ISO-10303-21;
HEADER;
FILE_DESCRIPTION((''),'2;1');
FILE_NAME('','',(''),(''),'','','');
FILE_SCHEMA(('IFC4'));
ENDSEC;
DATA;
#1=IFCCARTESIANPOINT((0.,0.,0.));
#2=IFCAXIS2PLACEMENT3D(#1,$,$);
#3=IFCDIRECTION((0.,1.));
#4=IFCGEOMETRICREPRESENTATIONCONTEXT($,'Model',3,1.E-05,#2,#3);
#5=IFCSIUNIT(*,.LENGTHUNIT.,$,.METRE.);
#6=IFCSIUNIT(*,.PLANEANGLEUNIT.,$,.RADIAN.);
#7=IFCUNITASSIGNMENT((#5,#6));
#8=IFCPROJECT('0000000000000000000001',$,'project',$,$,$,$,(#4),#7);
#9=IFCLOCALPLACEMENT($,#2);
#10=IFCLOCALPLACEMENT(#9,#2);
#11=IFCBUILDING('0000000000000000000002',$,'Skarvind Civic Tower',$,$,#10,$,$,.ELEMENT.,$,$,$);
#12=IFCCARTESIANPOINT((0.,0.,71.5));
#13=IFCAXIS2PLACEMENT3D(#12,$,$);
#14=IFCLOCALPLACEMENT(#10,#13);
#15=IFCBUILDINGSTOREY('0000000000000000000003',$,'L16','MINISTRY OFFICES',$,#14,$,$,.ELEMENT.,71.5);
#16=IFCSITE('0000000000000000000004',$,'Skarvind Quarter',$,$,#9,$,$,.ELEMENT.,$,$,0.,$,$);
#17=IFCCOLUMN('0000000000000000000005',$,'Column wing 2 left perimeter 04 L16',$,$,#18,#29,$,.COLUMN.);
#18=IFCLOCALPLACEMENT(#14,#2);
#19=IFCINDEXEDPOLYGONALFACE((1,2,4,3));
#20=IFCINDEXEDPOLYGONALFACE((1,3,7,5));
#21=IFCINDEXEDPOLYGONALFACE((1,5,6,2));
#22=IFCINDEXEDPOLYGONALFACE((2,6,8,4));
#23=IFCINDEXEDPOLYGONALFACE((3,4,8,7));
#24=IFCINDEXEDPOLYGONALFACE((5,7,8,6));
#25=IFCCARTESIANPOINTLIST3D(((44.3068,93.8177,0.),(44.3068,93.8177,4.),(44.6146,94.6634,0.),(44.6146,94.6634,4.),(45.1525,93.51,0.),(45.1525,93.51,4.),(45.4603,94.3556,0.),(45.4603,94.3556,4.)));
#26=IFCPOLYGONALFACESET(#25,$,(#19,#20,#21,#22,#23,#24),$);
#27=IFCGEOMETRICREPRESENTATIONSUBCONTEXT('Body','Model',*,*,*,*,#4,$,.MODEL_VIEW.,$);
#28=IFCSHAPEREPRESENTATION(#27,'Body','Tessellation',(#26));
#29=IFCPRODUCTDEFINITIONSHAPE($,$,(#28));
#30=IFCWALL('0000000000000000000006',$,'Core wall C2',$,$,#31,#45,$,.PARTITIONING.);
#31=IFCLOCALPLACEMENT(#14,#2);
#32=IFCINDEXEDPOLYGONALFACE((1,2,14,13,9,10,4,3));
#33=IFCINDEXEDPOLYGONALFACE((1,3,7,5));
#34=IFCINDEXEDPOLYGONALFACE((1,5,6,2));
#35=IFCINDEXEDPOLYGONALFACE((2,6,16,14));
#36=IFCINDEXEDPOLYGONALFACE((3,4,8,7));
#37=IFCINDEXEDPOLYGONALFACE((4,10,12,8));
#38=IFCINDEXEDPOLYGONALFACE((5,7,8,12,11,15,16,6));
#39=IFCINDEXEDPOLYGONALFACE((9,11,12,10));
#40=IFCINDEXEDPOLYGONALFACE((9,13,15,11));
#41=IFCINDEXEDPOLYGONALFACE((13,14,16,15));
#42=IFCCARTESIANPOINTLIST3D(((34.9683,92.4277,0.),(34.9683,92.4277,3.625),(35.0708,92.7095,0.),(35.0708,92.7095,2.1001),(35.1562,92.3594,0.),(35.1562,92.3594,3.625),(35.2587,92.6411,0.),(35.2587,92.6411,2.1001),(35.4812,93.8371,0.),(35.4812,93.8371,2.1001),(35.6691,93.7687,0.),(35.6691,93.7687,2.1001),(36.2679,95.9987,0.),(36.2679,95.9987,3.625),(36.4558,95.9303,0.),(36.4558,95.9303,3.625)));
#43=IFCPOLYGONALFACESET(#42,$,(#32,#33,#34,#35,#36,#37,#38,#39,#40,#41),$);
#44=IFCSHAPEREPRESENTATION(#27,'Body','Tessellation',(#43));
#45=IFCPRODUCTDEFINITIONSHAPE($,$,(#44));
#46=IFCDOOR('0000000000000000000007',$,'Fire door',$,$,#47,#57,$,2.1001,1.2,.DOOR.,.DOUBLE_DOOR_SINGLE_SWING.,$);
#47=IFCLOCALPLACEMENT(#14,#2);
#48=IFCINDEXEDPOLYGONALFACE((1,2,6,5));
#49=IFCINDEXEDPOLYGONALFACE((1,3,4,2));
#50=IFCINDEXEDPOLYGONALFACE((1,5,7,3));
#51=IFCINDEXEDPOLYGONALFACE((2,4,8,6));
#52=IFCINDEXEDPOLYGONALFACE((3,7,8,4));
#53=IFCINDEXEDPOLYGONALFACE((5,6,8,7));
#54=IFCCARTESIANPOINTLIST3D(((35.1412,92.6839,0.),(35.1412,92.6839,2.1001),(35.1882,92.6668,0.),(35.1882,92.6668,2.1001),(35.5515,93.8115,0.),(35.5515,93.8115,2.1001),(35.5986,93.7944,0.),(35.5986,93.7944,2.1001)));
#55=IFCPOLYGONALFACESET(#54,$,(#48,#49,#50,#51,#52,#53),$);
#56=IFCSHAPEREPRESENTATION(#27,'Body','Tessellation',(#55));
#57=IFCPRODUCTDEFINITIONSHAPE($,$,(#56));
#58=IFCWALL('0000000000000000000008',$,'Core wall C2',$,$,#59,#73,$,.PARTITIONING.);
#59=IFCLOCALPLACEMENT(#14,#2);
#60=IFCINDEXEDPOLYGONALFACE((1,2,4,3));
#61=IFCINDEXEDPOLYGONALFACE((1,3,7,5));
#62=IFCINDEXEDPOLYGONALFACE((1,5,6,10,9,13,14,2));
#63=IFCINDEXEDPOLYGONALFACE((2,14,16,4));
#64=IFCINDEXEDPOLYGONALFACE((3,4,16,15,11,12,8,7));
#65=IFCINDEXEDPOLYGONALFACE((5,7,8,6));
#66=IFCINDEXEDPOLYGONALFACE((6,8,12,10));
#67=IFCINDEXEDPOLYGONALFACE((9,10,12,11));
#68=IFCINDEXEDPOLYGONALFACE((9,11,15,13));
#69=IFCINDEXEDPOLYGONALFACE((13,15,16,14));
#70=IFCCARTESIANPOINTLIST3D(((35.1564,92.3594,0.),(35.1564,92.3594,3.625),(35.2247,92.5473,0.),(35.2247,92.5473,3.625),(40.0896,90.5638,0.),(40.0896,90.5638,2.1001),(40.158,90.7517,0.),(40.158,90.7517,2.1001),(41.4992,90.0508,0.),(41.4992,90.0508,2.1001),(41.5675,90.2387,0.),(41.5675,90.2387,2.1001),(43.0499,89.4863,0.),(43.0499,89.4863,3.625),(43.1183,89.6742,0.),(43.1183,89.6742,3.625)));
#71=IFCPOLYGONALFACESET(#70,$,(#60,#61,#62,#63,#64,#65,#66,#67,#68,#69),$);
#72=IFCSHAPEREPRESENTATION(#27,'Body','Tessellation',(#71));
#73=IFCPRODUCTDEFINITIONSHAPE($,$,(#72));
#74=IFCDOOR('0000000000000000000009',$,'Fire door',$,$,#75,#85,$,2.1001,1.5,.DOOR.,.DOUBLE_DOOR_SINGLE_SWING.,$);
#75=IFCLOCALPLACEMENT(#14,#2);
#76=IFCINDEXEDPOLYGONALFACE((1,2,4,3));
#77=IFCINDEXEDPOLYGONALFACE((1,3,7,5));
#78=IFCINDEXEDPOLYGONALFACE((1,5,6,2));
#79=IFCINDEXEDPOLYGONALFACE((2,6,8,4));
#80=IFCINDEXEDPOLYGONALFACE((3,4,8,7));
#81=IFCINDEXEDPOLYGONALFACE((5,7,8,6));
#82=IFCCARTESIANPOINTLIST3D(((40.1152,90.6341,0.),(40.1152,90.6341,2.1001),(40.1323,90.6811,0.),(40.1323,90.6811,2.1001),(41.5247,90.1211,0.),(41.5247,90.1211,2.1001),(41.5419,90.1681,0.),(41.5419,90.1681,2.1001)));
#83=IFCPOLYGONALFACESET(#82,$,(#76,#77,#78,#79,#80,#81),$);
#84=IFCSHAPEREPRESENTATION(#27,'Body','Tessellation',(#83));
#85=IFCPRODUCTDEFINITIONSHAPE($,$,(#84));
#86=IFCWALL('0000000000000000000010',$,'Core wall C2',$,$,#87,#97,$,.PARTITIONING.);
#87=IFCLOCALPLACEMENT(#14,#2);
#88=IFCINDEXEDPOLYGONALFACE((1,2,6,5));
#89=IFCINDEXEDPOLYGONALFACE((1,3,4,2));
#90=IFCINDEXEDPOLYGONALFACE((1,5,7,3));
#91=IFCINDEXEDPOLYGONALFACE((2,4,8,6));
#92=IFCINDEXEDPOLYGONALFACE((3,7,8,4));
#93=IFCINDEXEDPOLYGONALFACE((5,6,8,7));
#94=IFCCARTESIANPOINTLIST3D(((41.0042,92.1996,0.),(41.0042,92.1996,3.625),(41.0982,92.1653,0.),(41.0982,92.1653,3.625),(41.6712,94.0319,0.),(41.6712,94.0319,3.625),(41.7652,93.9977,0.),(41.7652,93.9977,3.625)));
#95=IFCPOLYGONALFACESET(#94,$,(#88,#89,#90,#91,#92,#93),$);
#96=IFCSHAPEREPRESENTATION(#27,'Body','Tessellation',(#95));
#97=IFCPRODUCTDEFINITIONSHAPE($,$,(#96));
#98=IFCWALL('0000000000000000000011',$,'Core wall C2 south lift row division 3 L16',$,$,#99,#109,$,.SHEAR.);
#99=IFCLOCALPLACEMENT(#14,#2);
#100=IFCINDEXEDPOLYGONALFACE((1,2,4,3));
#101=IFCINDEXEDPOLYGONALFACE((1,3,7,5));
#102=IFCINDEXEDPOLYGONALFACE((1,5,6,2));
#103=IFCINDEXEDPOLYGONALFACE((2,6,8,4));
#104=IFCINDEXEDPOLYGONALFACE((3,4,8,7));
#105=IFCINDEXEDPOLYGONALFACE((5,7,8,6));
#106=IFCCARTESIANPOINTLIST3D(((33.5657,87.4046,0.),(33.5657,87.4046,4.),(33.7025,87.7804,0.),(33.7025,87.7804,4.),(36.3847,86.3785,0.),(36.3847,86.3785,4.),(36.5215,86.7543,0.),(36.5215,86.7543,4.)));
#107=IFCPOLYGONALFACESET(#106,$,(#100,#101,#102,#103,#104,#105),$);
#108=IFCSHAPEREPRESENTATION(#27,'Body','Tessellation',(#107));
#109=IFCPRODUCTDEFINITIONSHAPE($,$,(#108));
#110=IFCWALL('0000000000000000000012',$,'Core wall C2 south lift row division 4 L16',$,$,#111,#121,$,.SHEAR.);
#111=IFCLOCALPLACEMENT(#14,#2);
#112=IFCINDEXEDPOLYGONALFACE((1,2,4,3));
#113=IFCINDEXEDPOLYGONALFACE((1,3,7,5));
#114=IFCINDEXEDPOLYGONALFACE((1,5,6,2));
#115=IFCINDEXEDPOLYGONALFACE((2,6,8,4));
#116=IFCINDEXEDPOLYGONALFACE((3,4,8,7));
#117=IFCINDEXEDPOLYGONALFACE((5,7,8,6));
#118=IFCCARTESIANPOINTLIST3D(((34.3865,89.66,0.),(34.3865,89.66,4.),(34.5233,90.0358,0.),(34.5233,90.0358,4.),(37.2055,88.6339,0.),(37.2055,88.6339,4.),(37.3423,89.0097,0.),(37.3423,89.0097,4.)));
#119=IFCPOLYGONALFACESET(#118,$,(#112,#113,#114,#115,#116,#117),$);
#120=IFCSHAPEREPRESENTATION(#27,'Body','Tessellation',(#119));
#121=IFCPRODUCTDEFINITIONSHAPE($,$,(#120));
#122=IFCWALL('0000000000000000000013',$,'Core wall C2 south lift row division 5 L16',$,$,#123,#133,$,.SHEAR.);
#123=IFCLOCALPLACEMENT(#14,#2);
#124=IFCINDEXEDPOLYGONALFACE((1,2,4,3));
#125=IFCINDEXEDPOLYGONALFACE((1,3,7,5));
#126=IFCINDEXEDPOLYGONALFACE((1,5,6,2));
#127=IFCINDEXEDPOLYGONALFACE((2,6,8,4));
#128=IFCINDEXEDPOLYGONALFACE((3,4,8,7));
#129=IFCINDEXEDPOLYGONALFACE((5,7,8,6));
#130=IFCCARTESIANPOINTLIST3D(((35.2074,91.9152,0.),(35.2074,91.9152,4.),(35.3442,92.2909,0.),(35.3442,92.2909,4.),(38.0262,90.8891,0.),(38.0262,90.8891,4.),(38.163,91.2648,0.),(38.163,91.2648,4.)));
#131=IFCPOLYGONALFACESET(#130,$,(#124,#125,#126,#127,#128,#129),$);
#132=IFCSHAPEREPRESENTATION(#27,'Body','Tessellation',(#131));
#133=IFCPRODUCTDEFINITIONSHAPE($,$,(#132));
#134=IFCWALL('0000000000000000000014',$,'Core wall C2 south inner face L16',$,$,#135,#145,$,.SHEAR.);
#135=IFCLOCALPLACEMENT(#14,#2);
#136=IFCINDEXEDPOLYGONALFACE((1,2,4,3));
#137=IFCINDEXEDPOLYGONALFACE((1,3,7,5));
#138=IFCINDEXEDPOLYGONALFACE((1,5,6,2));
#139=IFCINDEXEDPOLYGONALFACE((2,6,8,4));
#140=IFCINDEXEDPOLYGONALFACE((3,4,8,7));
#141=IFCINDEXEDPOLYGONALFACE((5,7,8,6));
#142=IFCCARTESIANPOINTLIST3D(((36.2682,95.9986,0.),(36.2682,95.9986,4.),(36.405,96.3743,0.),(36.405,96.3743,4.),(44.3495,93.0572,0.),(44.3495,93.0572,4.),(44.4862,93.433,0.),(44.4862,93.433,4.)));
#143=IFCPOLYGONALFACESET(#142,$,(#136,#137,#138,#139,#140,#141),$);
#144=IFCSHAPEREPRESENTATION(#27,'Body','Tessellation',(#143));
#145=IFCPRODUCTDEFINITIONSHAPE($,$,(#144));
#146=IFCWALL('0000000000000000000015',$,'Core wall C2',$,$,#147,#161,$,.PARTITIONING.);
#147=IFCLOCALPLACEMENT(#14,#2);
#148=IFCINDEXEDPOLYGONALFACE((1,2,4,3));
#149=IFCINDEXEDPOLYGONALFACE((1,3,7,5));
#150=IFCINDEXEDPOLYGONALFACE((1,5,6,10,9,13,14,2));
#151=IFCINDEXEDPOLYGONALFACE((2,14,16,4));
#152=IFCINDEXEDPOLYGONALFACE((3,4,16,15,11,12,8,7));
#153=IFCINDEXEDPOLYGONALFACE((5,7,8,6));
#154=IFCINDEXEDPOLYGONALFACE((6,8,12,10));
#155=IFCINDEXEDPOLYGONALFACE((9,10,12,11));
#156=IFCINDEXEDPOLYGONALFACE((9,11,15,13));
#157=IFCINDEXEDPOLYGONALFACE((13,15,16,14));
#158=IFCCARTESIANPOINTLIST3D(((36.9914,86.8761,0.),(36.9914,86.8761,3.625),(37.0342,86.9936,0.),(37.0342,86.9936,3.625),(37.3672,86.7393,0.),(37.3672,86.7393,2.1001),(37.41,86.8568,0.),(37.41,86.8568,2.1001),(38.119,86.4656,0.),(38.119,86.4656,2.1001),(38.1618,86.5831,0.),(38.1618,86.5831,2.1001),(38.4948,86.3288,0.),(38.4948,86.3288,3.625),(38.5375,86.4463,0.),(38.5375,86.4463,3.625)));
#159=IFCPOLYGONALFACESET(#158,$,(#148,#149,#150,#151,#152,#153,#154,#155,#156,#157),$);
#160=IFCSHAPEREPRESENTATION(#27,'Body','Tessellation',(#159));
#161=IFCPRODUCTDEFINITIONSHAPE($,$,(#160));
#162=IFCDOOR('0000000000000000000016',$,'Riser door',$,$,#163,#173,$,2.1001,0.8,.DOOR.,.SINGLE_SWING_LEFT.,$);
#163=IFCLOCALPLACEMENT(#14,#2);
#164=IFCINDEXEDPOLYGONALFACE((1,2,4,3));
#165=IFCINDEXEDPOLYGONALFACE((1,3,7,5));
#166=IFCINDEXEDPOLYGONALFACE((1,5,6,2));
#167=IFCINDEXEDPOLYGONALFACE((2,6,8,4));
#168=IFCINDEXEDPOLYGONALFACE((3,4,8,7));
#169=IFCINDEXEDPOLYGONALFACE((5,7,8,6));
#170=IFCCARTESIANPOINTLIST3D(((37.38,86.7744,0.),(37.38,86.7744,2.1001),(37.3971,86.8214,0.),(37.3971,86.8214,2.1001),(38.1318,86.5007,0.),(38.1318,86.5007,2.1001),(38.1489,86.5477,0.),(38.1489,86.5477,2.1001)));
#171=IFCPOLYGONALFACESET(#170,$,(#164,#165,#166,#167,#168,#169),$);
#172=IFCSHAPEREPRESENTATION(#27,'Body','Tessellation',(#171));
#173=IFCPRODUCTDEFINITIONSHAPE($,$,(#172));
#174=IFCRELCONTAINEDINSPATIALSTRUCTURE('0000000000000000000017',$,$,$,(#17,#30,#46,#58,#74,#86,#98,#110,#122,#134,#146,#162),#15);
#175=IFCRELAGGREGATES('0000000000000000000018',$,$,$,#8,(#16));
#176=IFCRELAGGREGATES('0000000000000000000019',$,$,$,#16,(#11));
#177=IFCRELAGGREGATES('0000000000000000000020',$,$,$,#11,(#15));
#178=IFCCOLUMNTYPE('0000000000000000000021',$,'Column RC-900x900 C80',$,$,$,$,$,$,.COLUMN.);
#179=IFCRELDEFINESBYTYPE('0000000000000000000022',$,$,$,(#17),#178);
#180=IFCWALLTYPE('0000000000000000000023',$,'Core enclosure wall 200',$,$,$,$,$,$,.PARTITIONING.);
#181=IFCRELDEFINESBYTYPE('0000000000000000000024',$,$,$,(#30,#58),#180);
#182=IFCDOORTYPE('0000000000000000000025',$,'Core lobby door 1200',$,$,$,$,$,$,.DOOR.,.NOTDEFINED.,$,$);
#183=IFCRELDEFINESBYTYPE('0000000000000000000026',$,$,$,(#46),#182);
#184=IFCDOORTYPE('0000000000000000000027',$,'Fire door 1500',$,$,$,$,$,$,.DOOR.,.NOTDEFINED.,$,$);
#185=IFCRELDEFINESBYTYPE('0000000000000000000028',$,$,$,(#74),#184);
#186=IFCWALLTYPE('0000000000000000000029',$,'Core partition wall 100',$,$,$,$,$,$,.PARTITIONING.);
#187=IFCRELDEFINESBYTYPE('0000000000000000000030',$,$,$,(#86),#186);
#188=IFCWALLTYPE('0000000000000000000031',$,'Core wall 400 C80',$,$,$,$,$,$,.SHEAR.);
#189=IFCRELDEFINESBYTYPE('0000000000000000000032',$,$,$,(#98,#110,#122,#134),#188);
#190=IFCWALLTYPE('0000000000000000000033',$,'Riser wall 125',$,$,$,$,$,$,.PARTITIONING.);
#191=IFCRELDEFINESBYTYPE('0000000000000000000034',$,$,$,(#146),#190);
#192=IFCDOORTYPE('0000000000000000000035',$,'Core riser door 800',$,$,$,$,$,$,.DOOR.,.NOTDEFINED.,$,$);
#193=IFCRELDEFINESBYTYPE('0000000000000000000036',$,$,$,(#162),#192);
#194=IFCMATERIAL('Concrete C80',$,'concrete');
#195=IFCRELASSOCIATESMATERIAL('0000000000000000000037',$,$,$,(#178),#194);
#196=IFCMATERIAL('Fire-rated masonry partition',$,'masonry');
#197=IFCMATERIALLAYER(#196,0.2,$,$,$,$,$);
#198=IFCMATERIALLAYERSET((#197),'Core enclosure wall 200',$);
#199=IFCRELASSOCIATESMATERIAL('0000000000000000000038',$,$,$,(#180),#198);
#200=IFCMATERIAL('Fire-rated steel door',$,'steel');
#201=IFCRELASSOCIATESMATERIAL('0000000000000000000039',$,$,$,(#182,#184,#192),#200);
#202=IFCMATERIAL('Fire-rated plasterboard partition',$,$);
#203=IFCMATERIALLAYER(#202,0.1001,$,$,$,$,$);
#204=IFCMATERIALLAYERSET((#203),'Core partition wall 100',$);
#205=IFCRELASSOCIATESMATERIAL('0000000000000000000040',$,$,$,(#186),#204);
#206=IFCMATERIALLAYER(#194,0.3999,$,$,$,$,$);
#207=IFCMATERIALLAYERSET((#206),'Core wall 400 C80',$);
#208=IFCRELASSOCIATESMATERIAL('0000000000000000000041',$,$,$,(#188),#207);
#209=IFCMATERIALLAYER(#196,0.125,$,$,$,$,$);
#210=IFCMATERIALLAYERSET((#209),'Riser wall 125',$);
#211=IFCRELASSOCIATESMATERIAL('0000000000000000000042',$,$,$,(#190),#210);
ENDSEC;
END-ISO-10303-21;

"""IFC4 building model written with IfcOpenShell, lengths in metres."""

from ifc_helpers import new_model, si_unit, direction, frame, frame_2d, origin, origin_2d, place, context, subcontext, project, spatial, rectangle, extrude, material, layer, layer_set, material_profile, profile_set, type_object, element, fill, save


model = new_model("IFC4")

# Units and contexts
model_context = context("Model", 3, precision=1e-05, world=origin(), true_north=direction((0.0, 1.0)))
body_context = subcontext(model_context, "Body", "Model", "MODEL_VIEW")
ifc_project = project(units=[si_unit("LENGTHUNIT", "METRE"), si_unit("PLANEANGLEUNIT", "RADIAN")], contexts=[model_context])

# Site, building, storey
site_placement = place(None, origin())
site = spatial("IfcSite", under=ifc_project, at=site_placement, Name="Skarvind Quarter", CompositionType="ELEMENT", RefElevation=0.0)
building_placement = place(site_placement, origin())
building = spatial("IfcBuilding", under=site, at=building_placement, Name="Skarvind Civic Tower", CompositionType="ELEMENT")
storey_placement = place(building_placement, frame((0.0, 0.0, 71.5)))
storey = spatial("IfcBuildingStorey", under=building, at=storey_placement, Name="L16", Description="MINISTRY OFFICES", CompositionType="ELEMENT", Elevation=71.5)

# Column
ifc_material_1 = material(Name="Concrete C80", Category="concrete")
ifc_material_profile = material_profile(ifc_material_1, rectangle(XDim=0.8999, YDim=0.8999, at=origin_2d()), Name="RC-900x900")
ifc_profile_set = profile_set([ifc_material_profile], Name="Concrete C80")
column_type = type_object("IfcColumnType", Name="Column RC-900x900 C80", PredefinedType="COLUMN", material=ifc_profile_set)
column_placement = place(storey_placement, frame((44.8835, 94.0867, 0.0), z_axis=(0.0, 0.0, 1.0), x_axis=(-0.34202, -0.939693, 0.0)))
element("IfcColumn", 1, at=column_placement, inside=storey, type_object=column_type, Name="Column wing 2 left perimeter 04 L16", PredefinedType="COLUMN", context=body_context, shape_type="SweptSolid", body=[
    extrude(rectangle(XDim=0.8999, YDim=0.8999, at=origin_2d()), origin(), (0.0, 0.0, 1.0), 4.0),
])

# Walls, openings, doors
ifc_material_2 = material(Name="Fire-rated masonry partition", Category="masonry")
ifc_layer_1 = layer(ifc_material_2, 0.2)
ifc_layer_set_1 = layer_set([ifc_layer_1], Name="Core enclosure wall 200")
wall_type_1 = type_object("IfcWallType", Name="Core enclosure wall 200", PredefinedType="PARTITIONING", material=ifc_layer_set_1)
wall_1_placement = place(storey_placement, frame((36.3618, 95.9644, 0.0), z_axis=(0.0, 0.0, 1.0), x_axis=(-0.341996, -0.939701, 0.0)))
wall_1 = element("IfcWall", 2, at=wall_1_placement, inside=storey, type_object=wall_type_1, Name="Core wall C2", PredefinedType="PARTITIONING", context=body_context, shape_type="SweptSolid", body=[
    extrude(rectangle(XDim=3.8, YDim=0.2, at=frame_2d((1.8999, 0.0))), origin(), (0.0, 0.0, 1.0), 3.625),
])
opening_1_placement = place(wall_1_placement, frame((2.3, 0.0, 0.0)))
opening_1 = element("IfcOpeningElement", 3, at=opening_1_placement, cuts=wall_1, PredefinedType="OPENING", context=body_context, shape_type="SweptSolid", body=[
    extrude(rectangle(XDim=1.2, YDim=2.1001, at=frame_2d((0.6001, 1.05))), frame((0.0, 0.1099, 0.0), z_axis=(0.0, -1.0, 0.0), x_axis=(1.0, 0.0, 0.0)), (0.0, 0.0, 1.0), 0.22),
])
ifc_material_3 = material(Name="Fire-rated steel door", Category="steel")
door_type_1 = type_object("IfcDoorType", Name="Core lobby door 1200", OperationType="NOTDEFINED", PredefinedType="DOOR", material=ifc_material_3)
door_1_placement = place(opening_1_placement, origin())
door_1 = element("IfcDoor", 4, at=door_1_placement, inside=storey, type_object=door_type_1, Name="Fire door", OperationType="DOUBLE_DOOR_SINGLE_SWING", OverallHeight=2.1001, OverallWidth=1.2, PredefinedType="DOOR", context=body_context, shape_type="SweptSolid", body=[
    extrude(rectangle(XDim=1.2, YDim=2.1001, at=frame_2d((0.6001, 1.05))), frame((0.0, 0.0249, 0.0), z_axis=(0.0, -1.0, 0.0), x_axis=(1.0, 0.0, 0.0)), (0.0, 0.0, 1.0), 0.05),
])
fill(opening_1, door_1)
wall_2_placement = place(storey_placement, frame((35.1904, 92.4534, 0.0), z_axis=(0.0, 0.0, 1.0), x_axis=(0.939692, -0.342023, 0.0)))
wall_2 = element("IfcWall", 5, at=wall_2_placement, inside=storey, type_object=wall_type_1, Name="Core wall C2", PredefinedType="PARTITIONING", context=body_context, shape_type="SweptSolid", body=[
    extrude(rectangle(XDim=8.4001, YDim=0.2, at=frame_2d((4.2002, 0.0))), origin(), (0.0, 0.0, 1.0), 3.625),
])
opening_2_placement = place(wall_2_placement, frame((5.25, 0.0, 0.0)))
opening_2 = element("IfcOpeningElement", 6, at=opening_2_placement, cuts=wall_2, PredefinedType="OPENING", context=body_context, shape_type="SweptSolid", body=[
    extrude(rectangle(XDim=1.5, YDim=2.1001, at=frame_2d((0.75, 1.05))), frame((0.0, 0.1099, 0.0), z_axis=(0.0, -1.0, 0.0), x_axis=(1.0, 0.0, 0.0)), (0.0, 0.0, 1.0), 0.22),
])
door_type_2 = type_object("IfcDoorType", Name="Fire door 1500", OperationType="NOTDEFINED", PredefinedType="DOOR", material=ifc_material_3)
door_2_placement = place(opening_2_placement, origin())
door_2 = element("IfcDoor", 7, at=door_2_placement, inside=storey, type_object=door_type_2, Name="Fire door", OperationType="DOUBLE_DOOR_SINGLE_SWING", OverallHeight=2.1001, OverallWidth=1.5, PredefinedType="DOOR", context=body_context, shape_type="SweptSolid", body=[
    extrude(rectangle(XDim=1.5, YDim=2.1001, at=frame_2d((0.75, 1.05))), frame((0.0, 0.0249, 0.0), z_axis=(0.0, -1.0, 0.0), x_axis=(1.0, 0.0, 0.0)), (0.0, 0.0, 1.0), 0.05),
])
fill(opening_2, door_2)

# Walls
ifc_material_4 = material(Name="Fire-rated plasterboard partition")
ifc_layer_2 = layer(ifc_material_4, 0.1001)
ifc_layer_set_2 = layer_set([ifc_layer_2], Name="Core partition wall 100")
wall_type_2 = type_object("IfcWallType", Name="Core partition wall 100", PredefinedType="PARTITIONING", material=ifc_layer_set_2)
wall_3_placement = place(storey_placement, frame((41.7183, 94.0149, 0.0), z_axis=(0.0, 0.0, 1.0), x_axis=(-0.342065, -0.939676, 0.0)))
element("IfcWall", 8, at=wall_3_placement, inside=storey, type_object=wall_type_2, Name="Core wall C2", PredefinedType="PARTITIONING", context=body_context, shape_type="SweptSolid", body=[
    extrude(rectangle(XDim=1.95, YDim=0.1001, at=frame_2d((0.9751, 0.0))), origin(), (0.0, 0.0, 1.0), 3.625),
])
ifc_layer_3 = layer(ifc_material_1, 0.3999)
ifc_layer_set_3 = layer_set([ifc_layer_3], Name="Core wall 400 C80")
wall_type_3 = type_object("IfcWallType", Name="Core wall 400 C80", PredefinedType="SHEAR", material=ifc_layer_set_3)
for number, where, z_axis, x_axis, name in (
    (9, (36.4531, 86.5664, 0.0), (0.0, 0.0, 1.0), (-0.939686, 0.342037, 0.0), "Core wall C2 south lift row division 3 L16"),
    (10, (37.2739, 88.8218, 0.0), (0.0, 0.0, 1.0), (-0.939686, 0.342037, 0.0), "Core wall C2 south lift row division 4 L16"),
):
    element("IfcWall", number, at=place(storey_placement, frame(where, z_axis=z_axis, x_axis=x_axis)), inside=storey, type_object=wall_type_3, Name=name, PredefinedType="SHEAR", context=body_context, shape_type="SweptSolid", body=[
        extrude(rectangle(XDim=3.0, YDim=0.3999, at=frame_2d((1.5, 0.0))), origin(), (0.0, 0.0, 1.0), 4.0),
    ])
wall_4_placement = place(storey_placement, frame((38.0947, 91.0769, 0.0), z_axis=(0.0, 0.0, 1.0), x_axis=(-0.939677, 0.342063, 0.0)))
element("IfcWall", 11, at=wall_4_placement, inside=storey, type_object=wall_type_3, Name="Core wall C2 south lift row division 5 L16", PredefinedType="SHEAR", context=body_context, shape_type="SweptSolid", body=[
    extrude(rectangle(XDim=2.9998, YDim=0.3999, at=frame_2d((1.5, 0.0))), origin(), (0.0, 0.0, 1.0), 4.0),
])
wall_5_placement = place(storey_placement, frame((44.4177, 93.2451, 0.0), z_axis=(0.0, 0.0, 1.0), x_axis=(-0.939691, 0.342026, 0.0)))
element("IfcWall", 12, at=wall_5_placement, inside=storey, type_object=wall_type_3, Name="Core wall C2 south inner face L16", PredefinedType="SHEAR", context=body_context, shape_type="SweptSolid", body=[
    extrude(rectangle(XDim=8.5999, YDim=0.3999, at=frame_2d((4.2998, 0.0))), origin(), (0.0, 0.0, 1.0), 4.0),
])

# Wall, opening, door
ifc_layer_4 = layer(ifc_material_2, 0.125)
ifc_layer_set_4 = layer_set([ifc_layer_4], Name="Riser wall 125")
wall_type_4 = type_object("IfcWallType", Name="Riser wall 125", PredefinedType="PARTITIONING", material=ifc_layer_set_4)
wall_6_placement = place(storey_placement, frame((37.0129, 86.9348, 0.0), z_axis=(0.0, 0.0, 1.0), x_axis=(0.93966, -0.342111, 0.0)))
wall_6 = element("IfcWall", 13, at=wall_6_placement, inside=storey, type_object=wall_type_4, Name="Core wall C2", PredefinedType="PARTITIONING", context=body_context, shape_type="SweptSolid", body=[
    extrude(rectangle(XDim=1.5999, YDim=0.125, at=frame_2d((0.7998, 0.0))), origin(), (0.0, 0.0, 1.0), 3.625),
])
opening_3_placement = place(wall_6_placement, frame((0.3999, 0.0, 0.0)))
opening_3 = element("IfcOpeningElement", 14, at=opening_3_placement, cuts=wall_6, PredefinedType="OPENING", context=body_context, shape_type="SweptSolid", body=[
    extrude(rectangle(XDim=0.8, YDim=2.1001, at=frame_2d((0.3999, 1.05))), frame((0.0, 0.0725, 0.0), z_axis=(0.0, -1.0, 0.0), x_axis=(1.0, 0.0, 0.0)), (0.0, 0.0, 1.0), 0.145),
])
door_type_3 = type_object("IfcDoorType", Name="Core riser door 800", OperationType="NOTDEFINED", PredefinedType="DOOR", material=ifc_material_3)
door_3_placement = place(opening_3_placement, origin())
door_3 = element("IfcDoor", 15, at=door_3_placement, inside=storey, type_object=door_type_3, Name="Riser door", OperationType="SINGLE_SWING_LEFT", OverallHeight=2.1001, OverallWidth=0.8, PredefinedType="DOOR", context=body_context, shape_type="SweptSolid", body=[
    extrude(rectangle(XDim=0.8, YDim=2.1001, at=frame_2d((0.3999, 1.05))), frame((0.0, 0.0249, 0.0), z_axis=(0.0, -1.0, 0.0), x_axis=(1.0, 0.0, 0.0)), (0.0, 0.0, 1.0), 0.05),
])
fill(opening_3, door_3)

save(model, "model.ifc")
